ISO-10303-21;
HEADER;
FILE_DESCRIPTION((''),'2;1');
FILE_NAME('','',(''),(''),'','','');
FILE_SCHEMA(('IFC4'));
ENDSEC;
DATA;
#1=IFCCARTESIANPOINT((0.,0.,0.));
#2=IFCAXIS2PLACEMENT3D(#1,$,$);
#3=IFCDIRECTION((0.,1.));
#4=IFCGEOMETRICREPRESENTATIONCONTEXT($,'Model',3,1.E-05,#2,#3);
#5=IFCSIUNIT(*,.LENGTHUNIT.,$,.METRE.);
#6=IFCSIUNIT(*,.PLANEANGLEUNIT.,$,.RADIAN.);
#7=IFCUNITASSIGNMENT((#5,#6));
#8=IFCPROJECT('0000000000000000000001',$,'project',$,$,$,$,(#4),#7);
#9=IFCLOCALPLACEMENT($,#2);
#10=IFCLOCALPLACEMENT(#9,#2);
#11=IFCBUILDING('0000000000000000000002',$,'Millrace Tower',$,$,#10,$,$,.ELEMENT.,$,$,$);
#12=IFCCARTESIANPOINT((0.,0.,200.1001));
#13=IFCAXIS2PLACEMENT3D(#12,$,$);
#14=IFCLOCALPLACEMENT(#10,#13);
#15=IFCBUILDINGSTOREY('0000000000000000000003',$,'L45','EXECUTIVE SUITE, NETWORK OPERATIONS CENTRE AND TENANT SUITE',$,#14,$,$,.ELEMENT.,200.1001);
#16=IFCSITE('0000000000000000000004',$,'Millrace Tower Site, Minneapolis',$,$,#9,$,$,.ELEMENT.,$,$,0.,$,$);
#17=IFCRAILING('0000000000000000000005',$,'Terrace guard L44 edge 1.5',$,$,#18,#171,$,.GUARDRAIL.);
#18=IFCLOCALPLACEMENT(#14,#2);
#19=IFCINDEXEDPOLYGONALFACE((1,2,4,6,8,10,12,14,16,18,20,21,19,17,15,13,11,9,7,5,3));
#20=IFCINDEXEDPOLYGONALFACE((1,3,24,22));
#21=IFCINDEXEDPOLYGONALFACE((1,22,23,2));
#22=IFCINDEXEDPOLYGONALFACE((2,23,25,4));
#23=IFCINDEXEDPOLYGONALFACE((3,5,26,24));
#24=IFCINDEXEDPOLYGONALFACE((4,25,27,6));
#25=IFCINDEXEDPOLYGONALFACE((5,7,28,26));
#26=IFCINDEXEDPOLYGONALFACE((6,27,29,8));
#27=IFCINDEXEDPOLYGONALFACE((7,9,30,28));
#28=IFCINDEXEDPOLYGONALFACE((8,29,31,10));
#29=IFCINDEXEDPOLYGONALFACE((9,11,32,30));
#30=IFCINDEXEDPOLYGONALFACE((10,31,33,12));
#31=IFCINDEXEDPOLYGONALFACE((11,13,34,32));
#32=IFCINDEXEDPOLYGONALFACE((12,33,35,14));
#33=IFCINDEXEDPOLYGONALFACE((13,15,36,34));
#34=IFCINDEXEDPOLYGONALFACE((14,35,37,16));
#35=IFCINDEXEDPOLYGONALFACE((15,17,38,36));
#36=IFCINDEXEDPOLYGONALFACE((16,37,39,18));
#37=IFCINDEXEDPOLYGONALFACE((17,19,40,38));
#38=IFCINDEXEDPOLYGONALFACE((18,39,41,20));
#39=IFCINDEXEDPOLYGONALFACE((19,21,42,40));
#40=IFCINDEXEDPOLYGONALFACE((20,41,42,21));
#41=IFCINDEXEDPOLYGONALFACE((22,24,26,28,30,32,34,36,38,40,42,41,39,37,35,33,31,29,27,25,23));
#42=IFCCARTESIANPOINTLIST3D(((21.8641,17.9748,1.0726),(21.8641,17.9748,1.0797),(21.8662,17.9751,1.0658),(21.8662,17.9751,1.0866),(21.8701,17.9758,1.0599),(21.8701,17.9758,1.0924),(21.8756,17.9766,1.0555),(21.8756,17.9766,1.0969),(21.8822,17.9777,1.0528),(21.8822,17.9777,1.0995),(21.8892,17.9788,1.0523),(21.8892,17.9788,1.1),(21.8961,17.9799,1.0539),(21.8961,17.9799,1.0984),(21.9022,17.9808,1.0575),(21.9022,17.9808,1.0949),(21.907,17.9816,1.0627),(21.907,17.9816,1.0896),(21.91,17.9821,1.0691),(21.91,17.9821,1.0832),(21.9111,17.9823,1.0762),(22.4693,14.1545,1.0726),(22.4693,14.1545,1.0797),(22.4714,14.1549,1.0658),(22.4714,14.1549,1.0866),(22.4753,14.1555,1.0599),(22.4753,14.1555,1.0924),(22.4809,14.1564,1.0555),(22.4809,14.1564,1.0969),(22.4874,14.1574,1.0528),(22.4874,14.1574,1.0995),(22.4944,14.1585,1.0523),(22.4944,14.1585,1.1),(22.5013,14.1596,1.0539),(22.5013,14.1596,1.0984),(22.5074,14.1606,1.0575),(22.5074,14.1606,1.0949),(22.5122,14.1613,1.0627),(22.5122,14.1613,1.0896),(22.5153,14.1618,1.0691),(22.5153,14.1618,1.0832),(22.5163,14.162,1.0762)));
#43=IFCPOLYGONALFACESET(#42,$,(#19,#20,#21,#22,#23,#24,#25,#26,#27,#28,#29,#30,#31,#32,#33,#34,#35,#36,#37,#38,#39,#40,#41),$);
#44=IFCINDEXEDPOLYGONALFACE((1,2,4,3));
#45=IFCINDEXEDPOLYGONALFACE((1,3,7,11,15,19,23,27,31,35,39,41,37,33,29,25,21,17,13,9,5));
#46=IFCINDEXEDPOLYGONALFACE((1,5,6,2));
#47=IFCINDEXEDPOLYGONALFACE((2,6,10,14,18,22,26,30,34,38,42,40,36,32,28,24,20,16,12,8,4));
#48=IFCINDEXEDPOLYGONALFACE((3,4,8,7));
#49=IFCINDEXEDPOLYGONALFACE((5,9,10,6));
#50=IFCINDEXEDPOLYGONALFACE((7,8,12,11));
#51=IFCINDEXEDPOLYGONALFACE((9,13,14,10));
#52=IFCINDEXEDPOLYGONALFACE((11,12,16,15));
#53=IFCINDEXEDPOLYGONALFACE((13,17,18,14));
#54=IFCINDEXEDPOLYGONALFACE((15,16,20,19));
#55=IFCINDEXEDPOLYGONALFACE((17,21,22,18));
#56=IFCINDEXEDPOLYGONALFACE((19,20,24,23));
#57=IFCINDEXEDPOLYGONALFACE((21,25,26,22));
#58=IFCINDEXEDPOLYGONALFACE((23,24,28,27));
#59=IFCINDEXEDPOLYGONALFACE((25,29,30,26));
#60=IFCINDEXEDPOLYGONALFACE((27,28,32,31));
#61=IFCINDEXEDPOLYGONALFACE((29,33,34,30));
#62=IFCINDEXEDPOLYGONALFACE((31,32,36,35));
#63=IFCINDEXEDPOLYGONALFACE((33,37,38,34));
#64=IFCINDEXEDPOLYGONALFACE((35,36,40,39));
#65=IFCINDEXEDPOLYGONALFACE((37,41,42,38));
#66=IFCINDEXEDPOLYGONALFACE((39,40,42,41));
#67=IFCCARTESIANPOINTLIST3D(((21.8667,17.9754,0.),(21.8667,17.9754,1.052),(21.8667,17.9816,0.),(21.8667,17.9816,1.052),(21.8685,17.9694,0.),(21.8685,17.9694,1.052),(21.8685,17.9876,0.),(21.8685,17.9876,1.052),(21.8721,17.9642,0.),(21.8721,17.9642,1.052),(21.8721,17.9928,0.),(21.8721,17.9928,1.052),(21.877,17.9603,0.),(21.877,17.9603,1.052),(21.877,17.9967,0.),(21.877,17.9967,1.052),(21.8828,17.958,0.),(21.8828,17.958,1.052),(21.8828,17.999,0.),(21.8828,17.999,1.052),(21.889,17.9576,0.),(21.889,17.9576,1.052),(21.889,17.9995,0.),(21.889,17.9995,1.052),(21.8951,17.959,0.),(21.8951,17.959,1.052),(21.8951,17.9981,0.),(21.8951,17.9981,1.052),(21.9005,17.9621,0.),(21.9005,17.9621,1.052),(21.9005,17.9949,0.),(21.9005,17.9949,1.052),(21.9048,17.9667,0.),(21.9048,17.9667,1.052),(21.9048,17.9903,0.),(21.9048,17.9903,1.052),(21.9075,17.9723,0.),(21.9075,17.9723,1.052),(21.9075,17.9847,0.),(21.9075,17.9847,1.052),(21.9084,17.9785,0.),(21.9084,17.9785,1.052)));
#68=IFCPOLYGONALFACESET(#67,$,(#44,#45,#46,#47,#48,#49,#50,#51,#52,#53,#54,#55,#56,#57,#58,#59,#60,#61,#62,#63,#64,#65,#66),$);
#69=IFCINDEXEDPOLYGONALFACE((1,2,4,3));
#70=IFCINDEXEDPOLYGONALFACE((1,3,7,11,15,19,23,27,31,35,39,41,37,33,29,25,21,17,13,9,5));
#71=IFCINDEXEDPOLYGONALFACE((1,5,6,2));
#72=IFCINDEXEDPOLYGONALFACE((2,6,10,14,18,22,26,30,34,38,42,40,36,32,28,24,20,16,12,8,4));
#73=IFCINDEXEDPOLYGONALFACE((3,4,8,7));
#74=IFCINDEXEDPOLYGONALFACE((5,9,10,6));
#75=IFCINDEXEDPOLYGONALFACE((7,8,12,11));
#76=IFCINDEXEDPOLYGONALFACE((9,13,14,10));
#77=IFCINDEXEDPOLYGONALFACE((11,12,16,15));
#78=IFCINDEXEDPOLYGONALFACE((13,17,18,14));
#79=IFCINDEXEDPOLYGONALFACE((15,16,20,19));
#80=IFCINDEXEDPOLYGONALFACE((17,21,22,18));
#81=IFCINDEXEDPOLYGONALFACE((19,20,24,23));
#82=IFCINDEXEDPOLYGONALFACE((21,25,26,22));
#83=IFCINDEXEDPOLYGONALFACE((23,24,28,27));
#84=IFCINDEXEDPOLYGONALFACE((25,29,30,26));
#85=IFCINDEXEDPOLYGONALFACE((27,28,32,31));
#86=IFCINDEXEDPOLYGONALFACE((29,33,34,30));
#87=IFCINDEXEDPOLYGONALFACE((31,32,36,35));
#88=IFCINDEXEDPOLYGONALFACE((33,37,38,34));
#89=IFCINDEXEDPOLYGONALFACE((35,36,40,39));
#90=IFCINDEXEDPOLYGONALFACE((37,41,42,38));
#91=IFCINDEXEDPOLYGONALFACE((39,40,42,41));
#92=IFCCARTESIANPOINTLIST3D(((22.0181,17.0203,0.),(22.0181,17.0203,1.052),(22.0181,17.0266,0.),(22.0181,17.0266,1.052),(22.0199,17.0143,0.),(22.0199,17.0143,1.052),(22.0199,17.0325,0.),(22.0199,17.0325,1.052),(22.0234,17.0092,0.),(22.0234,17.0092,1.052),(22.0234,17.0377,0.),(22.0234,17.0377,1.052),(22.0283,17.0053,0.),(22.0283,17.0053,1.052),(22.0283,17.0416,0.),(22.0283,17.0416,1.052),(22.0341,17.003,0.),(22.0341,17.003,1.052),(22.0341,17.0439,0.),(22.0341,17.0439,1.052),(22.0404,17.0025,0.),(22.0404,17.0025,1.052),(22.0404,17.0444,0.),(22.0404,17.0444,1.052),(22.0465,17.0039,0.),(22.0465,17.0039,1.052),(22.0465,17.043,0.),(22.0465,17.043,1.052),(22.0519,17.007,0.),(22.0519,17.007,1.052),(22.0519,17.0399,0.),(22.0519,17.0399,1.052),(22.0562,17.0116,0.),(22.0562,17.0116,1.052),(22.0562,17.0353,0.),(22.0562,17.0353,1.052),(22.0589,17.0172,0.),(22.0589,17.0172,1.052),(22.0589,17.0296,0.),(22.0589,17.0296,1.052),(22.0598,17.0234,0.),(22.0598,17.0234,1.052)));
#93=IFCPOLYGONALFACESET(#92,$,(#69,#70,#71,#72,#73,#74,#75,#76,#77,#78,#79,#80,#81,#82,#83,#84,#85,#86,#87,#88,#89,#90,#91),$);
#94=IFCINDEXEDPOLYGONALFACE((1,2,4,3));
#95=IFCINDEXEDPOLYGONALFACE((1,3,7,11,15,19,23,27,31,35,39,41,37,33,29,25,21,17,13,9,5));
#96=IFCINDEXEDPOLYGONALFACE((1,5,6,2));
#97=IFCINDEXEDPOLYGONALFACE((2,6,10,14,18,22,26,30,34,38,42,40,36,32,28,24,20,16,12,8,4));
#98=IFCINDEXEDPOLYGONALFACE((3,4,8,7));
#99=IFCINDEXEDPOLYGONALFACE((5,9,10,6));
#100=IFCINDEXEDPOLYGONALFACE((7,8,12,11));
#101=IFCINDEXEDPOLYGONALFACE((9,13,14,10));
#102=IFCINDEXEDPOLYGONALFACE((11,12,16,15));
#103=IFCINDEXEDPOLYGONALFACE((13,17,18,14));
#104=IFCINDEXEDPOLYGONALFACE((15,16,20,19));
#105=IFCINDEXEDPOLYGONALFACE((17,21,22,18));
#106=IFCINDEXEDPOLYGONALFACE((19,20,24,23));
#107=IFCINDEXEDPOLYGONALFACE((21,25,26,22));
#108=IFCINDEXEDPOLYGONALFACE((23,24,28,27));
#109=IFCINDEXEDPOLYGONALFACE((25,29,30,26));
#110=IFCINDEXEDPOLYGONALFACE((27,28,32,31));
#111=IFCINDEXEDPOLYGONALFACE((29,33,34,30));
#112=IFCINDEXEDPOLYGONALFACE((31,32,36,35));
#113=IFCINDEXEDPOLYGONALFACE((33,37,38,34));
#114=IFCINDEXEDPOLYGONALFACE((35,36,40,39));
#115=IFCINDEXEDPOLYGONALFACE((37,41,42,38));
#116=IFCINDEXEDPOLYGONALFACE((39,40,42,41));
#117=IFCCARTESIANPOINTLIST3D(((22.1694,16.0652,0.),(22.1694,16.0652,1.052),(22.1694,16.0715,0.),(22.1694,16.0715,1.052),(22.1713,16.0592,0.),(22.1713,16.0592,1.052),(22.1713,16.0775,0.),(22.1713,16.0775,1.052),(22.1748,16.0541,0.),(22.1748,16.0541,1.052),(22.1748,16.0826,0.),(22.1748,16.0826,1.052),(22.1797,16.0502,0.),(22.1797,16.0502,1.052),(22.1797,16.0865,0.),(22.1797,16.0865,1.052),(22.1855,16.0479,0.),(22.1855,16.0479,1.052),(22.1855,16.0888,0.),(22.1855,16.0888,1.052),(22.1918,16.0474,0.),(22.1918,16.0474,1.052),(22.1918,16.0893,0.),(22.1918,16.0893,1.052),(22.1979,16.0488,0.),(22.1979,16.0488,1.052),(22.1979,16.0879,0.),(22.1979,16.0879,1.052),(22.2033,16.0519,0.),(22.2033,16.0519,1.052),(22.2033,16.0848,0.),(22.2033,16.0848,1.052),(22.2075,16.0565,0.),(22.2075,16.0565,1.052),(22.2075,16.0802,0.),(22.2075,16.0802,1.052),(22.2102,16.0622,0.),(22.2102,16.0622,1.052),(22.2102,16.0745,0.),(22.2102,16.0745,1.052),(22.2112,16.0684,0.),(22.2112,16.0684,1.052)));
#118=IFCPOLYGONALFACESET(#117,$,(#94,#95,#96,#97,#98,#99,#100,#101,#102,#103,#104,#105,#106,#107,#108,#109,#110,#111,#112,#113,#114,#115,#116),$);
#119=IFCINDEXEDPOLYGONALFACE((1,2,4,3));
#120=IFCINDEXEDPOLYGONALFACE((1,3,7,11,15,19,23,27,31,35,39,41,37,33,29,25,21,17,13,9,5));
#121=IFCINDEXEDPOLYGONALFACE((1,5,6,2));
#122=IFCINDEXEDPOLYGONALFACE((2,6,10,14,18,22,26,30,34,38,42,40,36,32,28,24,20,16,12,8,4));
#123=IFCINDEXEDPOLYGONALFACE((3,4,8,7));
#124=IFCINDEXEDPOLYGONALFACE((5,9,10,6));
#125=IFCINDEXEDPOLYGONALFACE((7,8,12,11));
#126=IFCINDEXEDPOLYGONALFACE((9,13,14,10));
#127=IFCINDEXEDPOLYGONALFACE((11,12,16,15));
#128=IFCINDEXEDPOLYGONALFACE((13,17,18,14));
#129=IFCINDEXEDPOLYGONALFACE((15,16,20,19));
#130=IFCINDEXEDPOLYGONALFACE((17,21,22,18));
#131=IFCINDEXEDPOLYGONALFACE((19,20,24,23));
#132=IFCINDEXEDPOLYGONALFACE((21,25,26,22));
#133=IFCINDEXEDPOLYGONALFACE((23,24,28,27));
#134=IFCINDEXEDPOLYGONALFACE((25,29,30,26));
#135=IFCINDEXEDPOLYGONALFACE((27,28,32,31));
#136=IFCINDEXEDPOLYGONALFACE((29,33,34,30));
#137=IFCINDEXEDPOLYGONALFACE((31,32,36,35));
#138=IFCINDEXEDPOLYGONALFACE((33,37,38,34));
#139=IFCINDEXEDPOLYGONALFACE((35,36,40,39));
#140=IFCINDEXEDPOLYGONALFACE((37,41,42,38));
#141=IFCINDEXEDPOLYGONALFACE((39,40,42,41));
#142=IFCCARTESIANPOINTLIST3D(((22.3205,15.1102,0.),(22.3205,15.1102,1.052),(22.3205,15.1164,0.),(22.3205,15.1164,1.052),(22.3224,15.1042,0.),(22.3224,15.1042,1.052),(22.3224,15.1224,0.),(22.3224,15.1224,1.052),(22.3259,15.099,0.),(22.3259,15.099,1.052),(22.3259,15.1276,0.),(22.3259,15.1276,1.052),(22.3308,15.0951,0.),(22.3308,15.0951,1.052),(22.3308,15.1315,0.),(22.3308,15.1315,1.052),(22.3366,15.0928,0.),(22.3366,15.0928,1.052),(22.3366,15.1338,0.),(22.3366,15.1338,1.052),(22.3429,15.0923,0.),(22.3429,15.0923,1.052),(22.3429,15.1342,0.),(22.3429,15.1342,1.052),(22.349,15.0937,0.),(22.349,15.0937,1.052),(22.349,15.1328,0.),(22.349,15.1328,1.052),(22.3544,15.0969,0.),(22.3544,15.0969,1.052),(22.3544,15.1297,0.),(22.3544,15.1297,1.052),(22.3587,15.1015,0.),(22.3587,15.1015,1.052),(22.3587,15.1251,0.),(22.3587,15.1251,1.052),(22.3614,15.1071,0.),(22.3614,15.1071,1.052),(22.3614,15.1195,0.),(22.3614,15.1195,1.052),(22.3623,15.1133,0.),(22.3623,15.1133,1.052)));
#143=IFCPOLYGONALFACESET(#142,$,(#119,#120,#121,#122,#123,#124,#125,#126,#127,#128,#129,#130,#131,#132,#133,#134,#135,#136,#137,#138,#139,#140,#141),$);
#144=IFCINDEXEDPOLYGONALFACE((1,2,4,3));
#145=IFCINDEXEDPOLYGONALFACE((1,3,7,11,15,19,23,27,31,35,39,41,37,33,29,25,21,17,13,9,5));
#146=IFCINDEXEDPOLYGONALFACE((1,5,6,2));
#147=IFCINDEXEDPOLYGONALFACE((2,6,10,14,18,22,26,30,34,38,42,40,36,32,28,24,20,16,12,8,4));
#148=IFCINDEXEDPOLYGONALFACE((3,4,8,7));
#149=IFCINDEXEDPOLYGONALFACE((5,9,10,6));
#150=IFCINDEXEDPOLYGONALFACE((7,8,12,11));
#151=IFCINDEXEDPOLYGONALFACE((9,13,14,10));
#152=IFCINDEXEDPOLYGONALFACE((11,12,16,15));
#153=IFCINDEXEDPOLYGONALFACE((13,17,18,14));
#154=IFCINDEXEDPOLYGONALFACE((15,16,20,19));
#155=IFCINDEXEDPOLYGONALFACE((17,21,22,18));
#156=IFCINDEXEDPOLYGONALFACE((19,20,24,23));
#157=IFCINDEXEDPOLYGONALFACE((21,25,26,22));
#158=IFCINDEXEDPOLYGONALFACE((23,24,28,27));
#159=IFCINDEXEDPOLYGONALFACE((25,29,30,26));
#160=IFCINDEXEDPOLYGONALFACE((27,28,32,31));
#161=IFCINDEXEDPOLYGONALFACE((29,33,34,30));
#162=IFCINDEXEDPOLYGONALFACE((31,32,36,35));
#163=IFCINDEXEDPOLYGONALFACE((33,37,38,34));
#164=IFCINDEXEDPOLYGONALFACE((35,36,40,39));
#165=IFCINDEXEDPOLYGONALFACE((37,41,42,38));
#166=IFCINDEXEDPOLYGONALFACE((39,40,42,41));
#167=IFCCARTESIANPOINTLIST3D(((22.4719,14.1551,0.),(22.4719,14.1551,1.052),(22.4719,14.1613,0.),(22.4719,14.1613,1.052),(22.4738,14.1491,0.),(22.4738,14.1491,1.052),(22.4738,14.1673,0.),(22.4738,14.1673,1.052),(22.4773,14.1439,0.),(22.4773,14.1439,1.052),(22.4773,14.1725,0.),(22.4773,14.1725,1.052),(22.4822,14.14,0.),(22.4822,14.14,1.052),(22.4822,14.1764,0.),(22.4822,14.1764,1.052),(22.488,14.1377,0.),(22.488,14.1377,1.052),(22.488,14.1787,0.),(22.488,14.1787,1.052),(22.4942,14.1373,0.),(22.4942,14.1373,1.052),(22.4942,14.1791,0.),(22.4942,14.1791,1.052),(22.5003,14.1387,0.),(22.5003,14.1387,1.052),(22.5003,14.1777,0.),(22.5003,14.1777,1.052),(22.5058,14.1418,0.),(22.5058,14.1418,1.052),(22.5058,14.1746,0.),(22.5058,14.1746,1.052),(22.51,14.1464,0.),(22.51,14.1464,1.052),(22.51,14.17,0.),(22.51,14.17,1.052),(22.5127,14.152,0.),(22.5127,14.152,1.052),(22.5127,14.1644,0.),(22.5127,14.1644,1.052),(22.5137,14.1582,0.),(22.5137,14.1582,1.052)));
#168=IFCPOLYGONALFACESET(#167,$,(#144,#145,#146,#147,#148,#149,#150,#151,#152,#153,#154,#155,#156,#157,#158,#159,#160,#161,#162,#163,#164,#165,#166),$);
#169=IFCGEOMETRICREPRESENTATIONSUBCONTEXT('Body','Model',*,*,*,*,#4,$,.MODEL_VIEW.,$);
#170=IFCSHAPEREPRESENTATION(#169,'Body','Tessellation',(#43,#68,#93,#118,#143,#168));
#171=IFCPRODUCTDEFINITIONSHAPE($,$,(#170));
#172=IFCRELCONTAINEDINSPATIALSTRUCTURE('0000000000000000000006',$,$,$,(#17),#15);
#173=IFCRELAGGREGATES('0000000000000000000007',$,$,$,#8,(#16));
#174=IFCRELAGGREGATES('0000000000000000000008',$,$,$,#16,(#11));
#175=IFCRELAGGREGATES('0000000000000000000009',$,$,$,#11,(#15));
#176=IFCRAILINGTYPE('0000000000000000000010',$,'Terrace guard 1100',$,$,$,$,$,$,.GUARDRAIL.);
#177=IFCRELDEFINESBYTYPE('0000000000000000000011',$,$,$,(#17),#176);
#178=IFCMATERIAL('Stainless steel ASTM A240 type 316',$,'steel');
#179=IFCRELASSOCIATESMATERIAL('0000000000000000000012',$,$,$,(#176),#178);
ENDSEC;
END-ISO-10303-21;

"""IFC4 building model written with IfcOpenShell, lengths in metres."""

from ifc_helpers import new_model, si_unit, direction, frame, origin, origin_2d, place, context, subcontext, project, spatial, circle, extrude, material, type_object, element, save


model = new_model("IFC4")

# Units and contexts
model_context = context("Model", 3, precision=1e-05, world=origin(), true_north=direction((0.0, 1.0)))
body_context = subcontext(model_context, "Body", "Model", "MODEL_VIEW")
ifc_project = project(units=[si_unit("LENGTHUNIT", "METRE"), si_unit("PLANEANGLEUNIT", "RADIAN")], contexts=[model_context])

# Site, building, storey
site_placement = place(None, origin())
site = spatial("IfcSite", under=ifc_project, at=site_placement, Name="Millrace Tower Site, Minneapolis", CompositionType="ELEMENT", RefElevation=0.0)
building_placement = place(site_placement, origin())
building = spatial("IfcBuilding", under=site, at=building_placement, Name="Millrace Tower", CompositionType="ELEMENT")
storey_placement = place(building_placement, frame((0.0, 0.0, 200.1001)))
storey = spatial("IfcBuildingStorey", under=building, at=storey_placement, Name="L45", Description="EXECUTIVE SUITE, NETWORK OPERATIONS CENTRE AND TENANT SUITE", CompositionType="ELEMENT", Elevation=200.1001)

# Railing
ifc_material_1 = material(Name="Stainless steel ASTM A240 type 316", Category="steel")
railing_type = type_object("IfcRailingType", Name="Terrace guard 1100", PredefinedType="GUARDRAIL", material=ifc_material_1)
for number, where, name in (
    (1, (21.8875, 17.9785, 0.0), "Terrace guard L44 edge 1.5"),
):
    element("IfcRailing", number, at=place(storey_placement, frame(where)), inside=storey, type_object=railing_type, Name=name, PredefinedType="GUARDRAIL", context=body_context, shape_type="SweptSolid", body=[
        extrude(circle(Radius=0.0239, at=origin_2d()), frame((0.0, 0.0, 1.0762), z_axis=(0.156471, -0.987682, 0.0), x_axis=(0.987682, 0.156471, 0.0)), (0.0, 0.0, 1.0), 3.8679),
        extrude(circle(Radius=0.021, at=origin_2d()), origin(), (0.0, 0.0, 1.0), 1.052),
        extrude(circle(Radius=0.021, at=origin_2d()), frame((0.1514, -0.9551, 0.0)), (0.0, 0.0, 1.0), 1.052),
        extrude(circle(Radius=0.021, at=origin_2d()), frame((0.3027, -1.9102, 0.0)), (0.0, 0.0, 1.0), 1.052),
        extrude(circle(Radius=0.021, at=origin_2d()), frame((0.4539, -2.8652, 0.0)), (0.0, 0.0, 1.0), 1.052),
        extrude(circle(Radius=0.021, at=origin_2d()), frame((0.6052, -3.8203, 0.0)), (0.0, 0.0, 1.0), 1.052),
    ])

save(model, "model.ifc")
